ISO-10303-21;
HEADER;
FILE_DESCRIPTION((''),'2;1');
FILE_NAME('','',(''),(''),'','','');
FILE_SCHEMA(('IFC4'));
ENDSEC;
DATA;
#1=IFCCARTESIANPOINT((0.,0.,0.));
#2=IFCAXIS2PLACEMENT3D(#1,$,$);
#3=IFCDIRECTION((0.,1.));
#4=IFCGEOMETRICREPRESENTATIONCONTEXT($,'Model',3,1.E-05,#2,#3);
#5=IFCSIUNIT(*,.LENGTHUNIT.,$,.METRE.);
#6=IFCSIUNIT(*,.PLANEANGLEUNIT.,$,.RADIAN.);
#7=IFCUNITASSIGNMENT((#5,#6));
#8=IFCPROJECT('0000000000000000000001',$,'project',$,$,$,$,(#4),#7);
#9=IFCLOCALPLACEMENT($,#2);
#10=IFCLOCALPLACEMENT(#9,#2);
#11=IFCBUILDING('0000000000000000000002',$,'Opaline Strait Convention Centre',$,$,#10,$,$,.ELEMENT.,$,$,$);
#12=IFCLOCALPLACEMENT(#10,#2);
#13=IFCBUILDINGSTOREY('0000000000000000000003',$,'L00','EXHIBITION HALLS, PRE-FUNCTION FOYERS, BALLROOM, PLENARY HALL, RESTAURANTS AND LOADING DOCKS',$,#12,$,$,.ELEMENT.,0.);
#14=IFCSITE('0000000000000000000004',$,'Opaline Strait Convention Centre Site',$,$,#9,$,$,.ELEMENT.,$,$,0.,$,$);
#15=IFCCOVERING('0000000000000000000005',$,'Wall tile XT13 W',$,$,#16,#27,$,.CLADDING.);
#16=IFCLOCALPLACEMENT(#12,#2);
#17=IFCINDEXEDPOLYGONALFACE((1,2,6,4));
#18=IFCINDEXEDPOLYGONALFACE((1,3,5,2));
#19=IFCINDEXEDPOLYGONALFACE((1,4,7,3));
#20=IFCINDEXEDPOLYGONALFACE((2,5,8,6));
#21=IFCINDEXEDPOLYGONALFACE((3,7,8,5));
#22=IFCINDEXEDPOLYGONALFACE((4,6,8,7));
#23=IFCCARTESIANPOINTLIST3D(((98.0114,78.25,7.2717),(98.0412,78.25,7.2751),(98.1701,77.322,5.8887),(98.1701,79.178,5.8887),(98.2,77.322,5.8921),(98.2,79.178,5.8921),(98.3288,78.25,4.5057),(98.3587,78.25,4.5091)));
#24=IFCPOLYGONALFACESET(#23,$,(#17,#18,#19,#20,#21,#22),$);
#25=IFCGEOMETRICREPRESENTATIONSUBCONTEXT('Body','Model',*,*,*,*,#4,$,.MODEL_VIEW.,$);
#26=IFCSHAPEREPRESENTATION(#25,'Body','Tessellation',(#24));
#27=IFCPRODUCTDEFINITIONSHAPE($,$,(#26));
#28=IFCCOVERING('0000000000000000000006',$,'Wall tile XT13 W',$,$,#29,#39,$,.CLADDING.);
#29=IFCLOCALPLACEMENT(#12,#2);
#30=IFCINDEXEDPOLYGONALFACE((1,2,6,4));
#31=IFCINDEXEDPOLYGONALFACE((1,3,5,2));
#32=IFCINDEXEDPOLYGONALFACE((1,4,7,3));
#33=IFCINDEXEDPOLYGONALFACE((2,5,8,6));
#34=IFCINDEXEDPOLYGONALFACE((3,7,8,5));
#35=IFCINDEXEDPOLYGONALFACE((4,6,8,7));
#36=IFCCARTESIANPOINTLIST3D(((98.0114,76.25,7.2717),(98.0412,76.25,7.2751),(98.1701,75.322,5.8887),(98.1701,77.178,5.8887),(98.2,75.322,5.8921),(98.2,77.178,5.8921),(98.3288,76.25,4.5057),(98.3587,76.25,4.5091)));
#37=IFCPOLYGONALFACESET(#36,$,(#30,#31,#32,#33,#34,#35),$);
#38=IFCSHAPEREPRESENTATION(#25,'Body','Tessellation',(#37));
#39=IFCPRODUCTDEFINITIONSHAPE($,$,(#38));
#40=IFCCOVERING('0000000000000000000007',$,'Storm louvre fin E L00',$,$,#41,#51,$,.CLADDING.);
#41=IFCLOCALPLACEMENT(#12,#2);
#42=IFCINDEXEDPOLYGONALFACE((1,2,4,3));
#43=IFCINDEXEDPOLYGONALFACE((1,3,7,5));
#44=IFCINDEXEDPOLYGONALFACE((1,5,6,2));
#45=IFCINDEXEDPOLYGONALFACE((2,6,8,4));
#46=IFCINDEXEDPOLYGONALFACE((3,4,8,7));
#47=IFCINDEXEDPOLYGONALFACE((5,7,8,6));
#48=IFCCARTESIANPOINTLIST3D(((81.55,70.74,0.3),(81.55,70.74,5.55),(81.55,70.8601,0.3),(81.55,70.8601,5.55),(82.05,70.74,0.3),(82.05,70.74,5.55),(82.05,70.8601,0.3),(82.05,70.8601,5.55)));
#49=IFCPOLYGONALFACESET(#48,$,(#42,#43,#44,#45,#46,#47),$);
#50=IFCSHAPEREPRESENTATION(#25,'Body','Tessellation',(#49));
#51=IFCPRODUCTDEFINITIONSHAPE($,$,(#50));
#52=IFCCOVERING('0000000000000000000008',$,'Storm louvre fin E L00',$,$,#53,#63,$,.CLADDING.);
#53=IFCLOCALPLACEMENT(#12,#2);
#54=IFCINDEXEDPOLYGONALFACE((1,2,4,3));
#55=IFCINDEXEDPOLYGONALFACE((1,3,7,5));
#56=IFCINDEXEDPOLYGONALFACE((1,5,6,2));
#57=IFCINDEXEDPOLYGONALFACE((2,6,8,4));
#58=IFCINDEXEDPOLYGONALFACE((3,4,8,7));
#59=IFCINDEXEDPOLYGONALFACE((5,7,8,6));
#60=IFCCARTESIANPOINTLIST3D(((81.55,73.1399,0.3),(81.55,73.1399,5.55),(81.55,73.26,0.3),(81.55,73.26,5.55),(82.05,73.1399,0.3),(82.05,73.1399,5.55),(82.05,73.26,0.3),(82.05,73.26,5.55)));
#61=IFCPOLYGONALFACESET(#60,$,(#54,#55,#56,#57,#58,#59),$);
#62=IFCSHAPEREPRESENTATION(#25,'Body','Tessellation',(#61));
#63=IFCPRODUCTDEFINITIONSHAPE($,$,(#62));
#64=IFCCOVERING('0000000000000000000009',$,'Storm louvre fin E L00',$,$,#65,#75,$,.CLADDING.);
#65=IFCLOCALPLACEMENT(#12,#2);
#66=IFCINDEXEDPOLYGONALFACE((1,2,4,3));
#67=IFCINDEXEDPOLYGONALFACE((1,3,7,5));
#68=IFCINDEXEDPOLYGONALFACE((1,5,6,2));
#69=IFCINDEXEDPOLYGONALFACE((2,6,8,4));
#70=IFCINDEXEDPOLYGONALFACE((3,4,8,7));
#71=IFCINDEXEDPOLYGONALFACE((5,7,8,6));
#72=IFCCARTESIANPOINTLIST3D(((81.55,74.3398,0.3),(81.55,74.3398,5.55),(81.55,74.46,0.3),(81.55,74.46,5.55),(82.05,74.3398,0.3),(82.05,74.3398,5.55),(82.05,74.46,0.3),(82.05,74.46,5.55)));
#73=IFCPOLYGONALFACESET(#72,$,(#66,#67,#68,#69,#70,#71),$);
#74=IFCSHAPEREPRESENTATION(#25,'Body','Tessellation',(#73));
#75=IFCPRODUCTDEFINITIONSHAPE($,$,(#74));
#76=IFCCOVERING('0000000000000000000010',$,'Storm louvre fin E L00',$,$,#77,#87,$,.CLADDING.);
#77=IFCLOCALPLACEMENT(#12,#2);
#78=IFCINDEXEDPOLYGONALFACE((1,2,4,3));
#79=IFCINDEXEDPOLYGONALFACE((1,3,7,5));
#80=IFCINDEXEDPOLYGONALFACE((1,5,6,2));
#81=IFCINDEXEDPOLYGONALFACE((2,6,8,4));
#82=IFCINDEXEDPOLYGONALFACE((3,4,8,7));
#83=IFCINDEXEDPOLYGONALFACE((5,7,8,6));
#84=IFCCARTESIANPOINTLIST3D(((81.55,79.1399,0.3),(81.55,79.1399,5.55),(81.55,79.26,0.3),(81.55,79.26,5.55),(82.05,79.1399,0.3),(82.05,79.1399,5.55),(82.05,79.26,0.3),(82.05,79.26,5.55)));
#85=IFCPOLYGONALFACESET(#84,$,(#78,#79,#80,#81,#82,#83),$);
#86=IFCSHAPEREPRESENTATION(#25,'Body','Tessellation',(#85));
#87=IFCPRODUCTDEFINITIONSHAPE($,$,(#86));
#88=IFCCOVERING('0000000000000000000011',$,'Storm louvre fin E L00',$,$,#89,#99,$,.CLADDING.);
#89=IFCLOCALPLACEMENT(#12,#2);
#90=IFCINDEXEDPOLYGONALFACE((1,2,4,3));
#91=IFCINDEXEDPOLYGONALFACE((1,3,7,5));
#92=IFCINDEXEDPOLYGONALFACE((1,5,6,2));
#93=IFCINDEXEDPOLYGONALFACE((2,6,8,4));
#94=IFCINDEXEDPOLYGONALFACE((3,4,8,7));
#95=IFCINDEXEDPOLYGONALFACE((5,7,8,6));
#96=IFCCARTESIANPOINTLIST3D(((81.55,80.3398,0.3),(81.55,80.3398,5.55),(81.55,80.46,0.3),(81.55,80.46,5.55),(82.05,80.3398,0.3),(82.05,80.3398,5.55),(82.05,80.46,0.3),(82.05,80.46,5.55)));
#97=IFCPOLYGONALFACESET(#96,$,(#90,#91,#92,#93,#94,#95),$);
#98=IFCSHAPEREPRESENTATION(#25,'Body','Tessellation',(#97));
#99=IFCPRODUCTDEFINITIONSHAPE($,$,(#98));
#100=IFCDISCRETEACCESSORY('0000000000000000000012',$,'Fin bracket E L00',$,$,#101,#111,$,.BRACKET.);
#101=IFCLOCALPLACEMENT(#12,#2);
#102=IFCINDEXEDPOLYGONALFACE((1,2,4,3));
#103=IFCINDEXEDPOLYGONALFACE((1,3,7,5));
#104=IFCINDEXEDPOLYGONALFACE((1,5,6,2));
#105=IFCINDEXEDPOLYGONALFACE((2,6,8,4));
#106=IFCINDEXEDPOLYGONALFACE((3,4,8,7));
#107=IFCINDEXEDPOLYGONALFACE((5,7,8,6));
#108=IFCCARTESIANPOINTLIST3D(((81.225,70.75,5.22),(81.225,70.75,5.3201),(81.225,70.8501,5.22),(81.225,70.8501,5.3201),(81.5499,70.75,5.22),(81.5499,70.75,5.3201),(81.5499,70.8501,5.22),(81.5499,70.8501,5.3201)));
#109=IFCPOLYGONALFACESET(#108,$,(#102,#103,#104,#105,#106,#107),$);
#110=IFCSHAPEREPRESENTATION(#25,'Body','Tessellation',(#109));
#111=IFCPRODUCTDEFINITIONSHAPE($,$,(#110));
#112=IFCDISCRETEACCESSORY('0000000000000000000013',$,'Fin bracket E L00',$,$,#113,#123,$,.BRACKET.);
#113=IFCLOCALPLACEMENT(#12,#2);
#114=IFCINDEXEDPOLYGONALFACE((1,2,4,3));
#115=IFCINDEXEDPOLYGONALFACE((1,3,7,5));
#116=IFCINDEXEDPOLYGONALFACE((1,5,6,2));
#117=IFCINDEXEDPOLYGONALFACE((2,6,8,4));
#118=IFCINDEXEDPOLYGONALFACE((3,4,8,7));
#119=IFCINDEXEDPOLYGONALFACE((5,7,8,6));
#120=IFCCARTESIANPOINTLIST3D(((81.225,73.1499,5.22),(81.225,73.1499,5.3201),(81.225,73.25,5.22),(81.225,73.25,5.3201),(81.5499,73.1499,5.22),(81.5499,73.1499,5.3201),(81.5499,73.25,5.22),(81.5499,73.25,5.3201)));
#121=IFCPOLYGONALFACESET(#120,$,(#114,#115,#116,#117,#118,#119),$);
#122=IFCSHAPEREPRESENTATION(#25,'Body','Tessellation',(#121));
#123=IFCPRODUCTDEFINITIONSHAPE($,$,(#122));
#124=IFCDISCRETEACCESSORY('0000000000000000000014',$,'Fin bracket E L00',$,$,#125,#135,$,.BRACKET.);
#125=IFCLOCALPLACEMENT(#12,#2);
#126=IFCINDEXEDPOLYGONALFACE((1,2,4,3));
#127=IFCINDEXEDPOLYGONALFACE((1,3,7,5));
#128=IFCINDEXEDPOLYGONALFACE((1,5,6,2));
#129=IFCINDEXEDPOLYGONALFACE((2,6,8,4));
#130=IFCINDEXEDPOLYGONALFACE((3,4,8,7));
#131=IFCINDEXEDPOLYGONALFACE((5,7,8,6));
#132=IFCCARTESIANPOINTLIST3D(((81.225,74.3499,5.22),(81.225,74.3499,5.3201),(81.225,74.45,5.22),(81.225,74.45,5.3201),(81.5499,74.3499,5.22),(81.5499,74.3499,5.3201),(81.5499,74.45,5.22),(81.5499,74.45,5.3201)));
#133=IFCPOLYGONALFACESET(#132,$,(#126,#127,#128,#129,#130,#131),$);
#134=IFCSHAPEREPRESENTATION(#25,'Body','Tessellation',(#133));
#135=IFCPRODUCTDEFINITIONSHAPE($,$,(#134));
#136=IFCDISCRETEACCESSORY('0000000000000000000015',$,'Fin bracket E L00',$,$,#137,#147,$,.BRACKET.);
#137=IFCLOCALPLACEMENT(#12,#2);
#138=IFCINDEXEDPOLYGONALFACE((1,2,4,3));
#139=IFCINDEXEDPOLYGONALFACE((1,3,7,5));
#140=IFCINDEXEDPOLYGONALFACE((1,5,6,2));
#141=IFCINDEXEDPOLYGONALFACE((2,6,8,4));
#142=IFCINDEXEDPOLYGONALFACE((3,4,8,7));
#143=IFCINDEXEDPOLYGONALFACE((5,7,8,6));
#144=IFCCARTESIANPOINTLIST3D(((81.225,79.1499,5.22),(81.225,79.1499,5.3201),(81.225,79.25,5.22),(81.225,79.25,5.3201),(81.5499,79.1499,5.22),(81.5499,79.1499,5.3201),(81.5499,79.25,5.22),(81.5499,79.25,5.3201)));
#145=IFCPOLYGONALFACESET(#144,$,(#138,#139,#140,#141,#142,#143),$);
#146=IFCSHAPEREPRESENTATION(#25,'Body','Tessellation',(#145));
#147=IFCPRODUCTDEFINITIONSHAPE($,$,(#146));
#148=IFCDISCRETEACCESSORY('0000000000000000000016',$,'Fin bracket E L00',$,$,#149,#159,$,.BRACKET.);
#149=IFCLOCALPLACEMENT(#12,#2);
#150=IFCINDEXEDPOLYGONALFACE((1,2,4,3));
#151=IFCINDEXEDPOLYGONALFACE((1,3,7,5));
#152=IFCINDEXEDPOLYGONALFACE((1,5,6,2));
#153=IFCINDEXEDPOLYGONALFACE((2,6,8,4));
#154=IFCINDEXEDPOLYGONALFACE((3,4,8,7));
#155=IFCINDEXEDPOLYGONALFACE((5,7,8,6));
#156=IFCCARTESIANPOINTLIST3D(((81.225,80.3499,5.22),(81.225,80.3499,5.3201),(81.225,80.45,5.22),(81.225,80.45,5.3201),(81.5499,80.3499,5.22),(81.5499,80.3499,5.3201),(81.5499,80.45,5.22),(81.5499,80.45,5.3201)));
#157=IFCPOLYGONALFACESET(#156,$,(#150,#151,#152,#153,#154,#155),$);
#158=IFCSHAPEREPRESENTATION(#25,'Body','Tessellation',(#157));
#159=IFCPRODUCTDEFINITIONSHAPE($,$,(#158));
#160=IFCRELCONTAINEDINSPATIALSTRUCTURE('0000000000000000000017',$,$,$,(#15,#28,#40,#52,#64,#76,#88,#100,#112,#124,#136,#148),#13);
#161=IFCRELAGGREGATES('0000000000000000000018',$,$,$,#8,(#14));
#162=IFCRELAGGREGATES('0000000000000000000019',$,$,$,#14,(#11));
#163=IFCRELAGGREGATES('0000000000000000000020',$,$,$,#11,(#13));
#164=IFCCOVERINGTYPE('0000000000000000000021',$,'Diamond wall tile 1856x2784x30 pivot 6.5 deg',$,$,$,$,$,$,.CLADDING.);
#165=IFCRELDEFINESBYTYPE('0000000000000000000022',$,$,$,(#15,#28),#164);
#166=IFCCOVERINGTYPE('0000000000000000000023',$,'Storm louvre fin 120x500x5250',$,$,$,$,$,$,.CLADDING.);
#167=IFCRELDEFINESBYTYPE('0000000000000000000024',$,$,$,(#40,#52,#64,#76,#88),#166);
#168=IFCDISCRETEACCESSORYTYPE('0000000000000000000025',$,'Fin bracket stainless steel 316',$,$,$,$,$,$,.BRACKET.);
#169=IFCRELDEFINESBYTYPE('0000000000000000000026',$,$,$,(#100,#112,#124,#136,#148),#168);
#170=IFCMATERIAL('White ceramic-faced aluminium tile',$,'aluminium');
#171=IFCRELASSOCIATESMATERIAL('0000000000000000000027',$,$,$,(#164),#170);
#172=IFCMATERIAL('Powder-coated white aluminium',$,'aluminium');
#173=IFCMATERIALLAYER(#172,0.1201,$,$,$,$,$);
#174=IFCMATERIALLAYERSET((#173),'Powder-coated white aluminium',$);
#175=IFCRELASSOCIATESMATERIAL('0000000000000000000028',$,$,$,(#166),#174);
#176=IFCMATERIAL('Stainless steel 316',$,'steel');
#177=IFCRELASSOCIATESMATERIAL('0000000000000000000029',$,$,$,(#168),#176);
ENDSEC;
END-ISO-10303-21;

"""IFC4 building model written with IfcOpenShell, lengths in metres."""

from ifc_helpers import new_model, si_unit, direction, frame, origin, origin_2d, place, context, subcontext, project, spatial, polyline, rectangle, outline, extrude, material, layer, layer_set, material_profile, profile_set, type_object, element, save


model = new_model("IFC4")

# Units and contexts
model_context = context("Model", 3, precision=1e-05, world=origin(), true_north=direction((0.0, 1.0)))
body_context = subcontext(model_context, "Body", "Model", "MODEL_VIEW")
ifc_project = project(units=[si_unit("LENGTHUNIT", "METRE"), si_unit("PLANEANGLEUNIT", "RADIAN")], contexts=[model_context])

# Site, building, storey
site_placement = place(None, origin())
site = spatial("IfcSite", under=ifc_project, at=site_placement, Name="Opaline Strait Convention Centre Site", CompositionType="ELEMENT", RefElevation=0.0)
building_placement = place(site_placement, origin())
building = spatial("IfcBuilding", under=site, at=building_placement, Name="Opaline Strait Convention Centre", CompositionType="ELEMENT")
storey_placement = place(building_placement, origin())
storey = spatial("IfcBuildingStorey", under=building, at=storey_placement, Name="L00", Description="EXHIBITION HALLS, PRE-FUNCTION FOYERS, BALLROOM, PLENARY HALL, RESTAURANTS AND LOADING DOCKS", CompositionType="ELEMENT", Elevation=0.0)

# Coverings
ifc_material_1 = material(Name="White ceramic-faced aluminium tile", Category="aluminium")
ifc_material_profile_1 = material_profile(ifc_material_1, outline(polyline([(0.928, 0.0), (0.0, 1.3921), (-0.928, 0.0), (0.0, -1.3921), (0.928, 0.0)])), Name="Diamond tile 1856x2784")
ifc_profile_set_1 = profile_set([ifc_material_profile_1], Name="White ceramic-faced aluminium tile")
covering_type_1 = type_object("IfcCoveringType", Name="Diamond wall tile 1856x2784x30 pivot 6.5 deg", PredefinedType="CLADDING", material=ifc_profile_set_1)
for number, where, z_axis, x_axis, name in (
    (1, (98.2, 78.25, 5.8921), (-0.99348, 0.0, -0.114006), (0.0, -1.0, 0.0), "Wall tile XT13 W"),
    (2, (98.2, 76.25, 5.8921), (-0.99348, 0.0, -0.114006), (0.0, -1.0, 0.0), "Wall tile XT13 W"),
):
    element("IfcCovering", number, at=place(storey_placement, frame(where, z_axis=z_axis, x_axis=x_axis)), inside=storey, type_object=covering_type_1, Name=name, PredefinedType="CLADDING", context=body_context, shape_type="SweptSolid", body=[
        extrude(outline(polyline([(0.928, 0.0), (0.0, 1.3921), (-0.928, 0.0), (0.0, -1.3921), (0.928, 0.0)])), origin(), (0.0, 0.0, 1.0), 0.03),
    ])
ifc_material_2 = material(Name="Powder-coated white aluminium", Category="aluminium")
ifc_layer = layer(ifc_material_2, 0.1201)
ifc_layer_set = layer_set([ifc_layer], Name="Powder-coated white aluminium")
covering_type_2 = type_object("IfcCoveringType", Name="Storm louvre fin 120x500x5250", PredefinedType="CLADDING", material=ifc_layer_set)
for number, where, z_axis, x_axis, name in (
    (3, (81.8, 70.8, 0.3), (0.0, 0.0, 1.0), (1.0, 0.0, 0.0), "Storm louvre fin E L00"),
    (4, (81.8, 73.2, 0.3), (0.0, 0.0, 1.0), (1.0, 0.0, 0.0), "Storm louvre fin E L00"),
    (5, (81.8, 74.3999, 0.3), (0.0, 0.0, 1.0), (1.0, 0.0, 0.0), "Storm louvre fin E L00"),
    (6, (81.8, 79.2, 0.3), (0.0, 0.0, 1.0), (1.0, 0.0, 0.0), "Storm louvre fin E L00"),
    (7, (81.8, 80.3999, 0.3), (0.0, 0.0, 1.0), (1.0, 0.0, 0.0), "Storm louvre fin E L00"),
):
    element("IfcCovering", number, at=place(storey_placement, frame(where, z_axis=z_axis, x_axis=x_axis)), inside=storey, type_object=covering_type_2, Name=name, PredefinedType="CLADDING", context=body_context, shape_type="SweptSolid", body=[
        extrude(rectangle(XDim=0.5, YDim=0.1201, at=origin_2d()), origin(), (0.0, 0.0, 1.0), 5.25),
    ])

# Discrete accessories
ifc_material_3 = material(Name="Stainless steel 316", Category="steel")
discrete_accessory_type = type_object("IfcDiscreteAccessoryType", Name="Fin bracket stainless steel 316", PredefinedType="BRACKET", material=ifc_material_3)
for number, where, z_axis, x_axis, name in (
    (8, (81.3875, 70.8, 5.22), (0.0, 0.0, 1.0), (1.0, 0.0, 0.0), "Fin bracket E L00"),
    (9, (81.3875, 73.2, 5.22), (0.0, 0.0, 1.0), (1.0, 0.0, 0.0), "Fin bracket E L00"),
    (10, (81.3875, 74.3999, 5.22), (0.0, 0.0, 1.0), (1.0, 0.0, 0.0), "Fin bracket E L00"),
    (11, (81.3875, 79.2, 5.22), (0.0, 0.0, 1.0), (1.0, 0.0, 0.0), "Fin bracket E L00"),
    (12, (81.3875, 80.3999, 5.22), (0.0, 0.0, 1.0), (1.0, 0.0, 0.0), "Fin bracket E L00"),
):
    element("IfcDiscreteAccessory", number, at=place(storey_placement, frame(where, z_axis=z_axis, x_axis=x_axis)), inside=storey, type_object=discrete_accessory_type, Name=name, PredefinedType="BRACKET", context=body_context, shape_type="SweptSolid", body=[
        extrude(rectangle(XDim=0.325, YDim=0.1001, at=origin_2d()), origin(), (0.0, 0.0, 1.0), 0.1001),
    ])

save(model, "model.ifc")
